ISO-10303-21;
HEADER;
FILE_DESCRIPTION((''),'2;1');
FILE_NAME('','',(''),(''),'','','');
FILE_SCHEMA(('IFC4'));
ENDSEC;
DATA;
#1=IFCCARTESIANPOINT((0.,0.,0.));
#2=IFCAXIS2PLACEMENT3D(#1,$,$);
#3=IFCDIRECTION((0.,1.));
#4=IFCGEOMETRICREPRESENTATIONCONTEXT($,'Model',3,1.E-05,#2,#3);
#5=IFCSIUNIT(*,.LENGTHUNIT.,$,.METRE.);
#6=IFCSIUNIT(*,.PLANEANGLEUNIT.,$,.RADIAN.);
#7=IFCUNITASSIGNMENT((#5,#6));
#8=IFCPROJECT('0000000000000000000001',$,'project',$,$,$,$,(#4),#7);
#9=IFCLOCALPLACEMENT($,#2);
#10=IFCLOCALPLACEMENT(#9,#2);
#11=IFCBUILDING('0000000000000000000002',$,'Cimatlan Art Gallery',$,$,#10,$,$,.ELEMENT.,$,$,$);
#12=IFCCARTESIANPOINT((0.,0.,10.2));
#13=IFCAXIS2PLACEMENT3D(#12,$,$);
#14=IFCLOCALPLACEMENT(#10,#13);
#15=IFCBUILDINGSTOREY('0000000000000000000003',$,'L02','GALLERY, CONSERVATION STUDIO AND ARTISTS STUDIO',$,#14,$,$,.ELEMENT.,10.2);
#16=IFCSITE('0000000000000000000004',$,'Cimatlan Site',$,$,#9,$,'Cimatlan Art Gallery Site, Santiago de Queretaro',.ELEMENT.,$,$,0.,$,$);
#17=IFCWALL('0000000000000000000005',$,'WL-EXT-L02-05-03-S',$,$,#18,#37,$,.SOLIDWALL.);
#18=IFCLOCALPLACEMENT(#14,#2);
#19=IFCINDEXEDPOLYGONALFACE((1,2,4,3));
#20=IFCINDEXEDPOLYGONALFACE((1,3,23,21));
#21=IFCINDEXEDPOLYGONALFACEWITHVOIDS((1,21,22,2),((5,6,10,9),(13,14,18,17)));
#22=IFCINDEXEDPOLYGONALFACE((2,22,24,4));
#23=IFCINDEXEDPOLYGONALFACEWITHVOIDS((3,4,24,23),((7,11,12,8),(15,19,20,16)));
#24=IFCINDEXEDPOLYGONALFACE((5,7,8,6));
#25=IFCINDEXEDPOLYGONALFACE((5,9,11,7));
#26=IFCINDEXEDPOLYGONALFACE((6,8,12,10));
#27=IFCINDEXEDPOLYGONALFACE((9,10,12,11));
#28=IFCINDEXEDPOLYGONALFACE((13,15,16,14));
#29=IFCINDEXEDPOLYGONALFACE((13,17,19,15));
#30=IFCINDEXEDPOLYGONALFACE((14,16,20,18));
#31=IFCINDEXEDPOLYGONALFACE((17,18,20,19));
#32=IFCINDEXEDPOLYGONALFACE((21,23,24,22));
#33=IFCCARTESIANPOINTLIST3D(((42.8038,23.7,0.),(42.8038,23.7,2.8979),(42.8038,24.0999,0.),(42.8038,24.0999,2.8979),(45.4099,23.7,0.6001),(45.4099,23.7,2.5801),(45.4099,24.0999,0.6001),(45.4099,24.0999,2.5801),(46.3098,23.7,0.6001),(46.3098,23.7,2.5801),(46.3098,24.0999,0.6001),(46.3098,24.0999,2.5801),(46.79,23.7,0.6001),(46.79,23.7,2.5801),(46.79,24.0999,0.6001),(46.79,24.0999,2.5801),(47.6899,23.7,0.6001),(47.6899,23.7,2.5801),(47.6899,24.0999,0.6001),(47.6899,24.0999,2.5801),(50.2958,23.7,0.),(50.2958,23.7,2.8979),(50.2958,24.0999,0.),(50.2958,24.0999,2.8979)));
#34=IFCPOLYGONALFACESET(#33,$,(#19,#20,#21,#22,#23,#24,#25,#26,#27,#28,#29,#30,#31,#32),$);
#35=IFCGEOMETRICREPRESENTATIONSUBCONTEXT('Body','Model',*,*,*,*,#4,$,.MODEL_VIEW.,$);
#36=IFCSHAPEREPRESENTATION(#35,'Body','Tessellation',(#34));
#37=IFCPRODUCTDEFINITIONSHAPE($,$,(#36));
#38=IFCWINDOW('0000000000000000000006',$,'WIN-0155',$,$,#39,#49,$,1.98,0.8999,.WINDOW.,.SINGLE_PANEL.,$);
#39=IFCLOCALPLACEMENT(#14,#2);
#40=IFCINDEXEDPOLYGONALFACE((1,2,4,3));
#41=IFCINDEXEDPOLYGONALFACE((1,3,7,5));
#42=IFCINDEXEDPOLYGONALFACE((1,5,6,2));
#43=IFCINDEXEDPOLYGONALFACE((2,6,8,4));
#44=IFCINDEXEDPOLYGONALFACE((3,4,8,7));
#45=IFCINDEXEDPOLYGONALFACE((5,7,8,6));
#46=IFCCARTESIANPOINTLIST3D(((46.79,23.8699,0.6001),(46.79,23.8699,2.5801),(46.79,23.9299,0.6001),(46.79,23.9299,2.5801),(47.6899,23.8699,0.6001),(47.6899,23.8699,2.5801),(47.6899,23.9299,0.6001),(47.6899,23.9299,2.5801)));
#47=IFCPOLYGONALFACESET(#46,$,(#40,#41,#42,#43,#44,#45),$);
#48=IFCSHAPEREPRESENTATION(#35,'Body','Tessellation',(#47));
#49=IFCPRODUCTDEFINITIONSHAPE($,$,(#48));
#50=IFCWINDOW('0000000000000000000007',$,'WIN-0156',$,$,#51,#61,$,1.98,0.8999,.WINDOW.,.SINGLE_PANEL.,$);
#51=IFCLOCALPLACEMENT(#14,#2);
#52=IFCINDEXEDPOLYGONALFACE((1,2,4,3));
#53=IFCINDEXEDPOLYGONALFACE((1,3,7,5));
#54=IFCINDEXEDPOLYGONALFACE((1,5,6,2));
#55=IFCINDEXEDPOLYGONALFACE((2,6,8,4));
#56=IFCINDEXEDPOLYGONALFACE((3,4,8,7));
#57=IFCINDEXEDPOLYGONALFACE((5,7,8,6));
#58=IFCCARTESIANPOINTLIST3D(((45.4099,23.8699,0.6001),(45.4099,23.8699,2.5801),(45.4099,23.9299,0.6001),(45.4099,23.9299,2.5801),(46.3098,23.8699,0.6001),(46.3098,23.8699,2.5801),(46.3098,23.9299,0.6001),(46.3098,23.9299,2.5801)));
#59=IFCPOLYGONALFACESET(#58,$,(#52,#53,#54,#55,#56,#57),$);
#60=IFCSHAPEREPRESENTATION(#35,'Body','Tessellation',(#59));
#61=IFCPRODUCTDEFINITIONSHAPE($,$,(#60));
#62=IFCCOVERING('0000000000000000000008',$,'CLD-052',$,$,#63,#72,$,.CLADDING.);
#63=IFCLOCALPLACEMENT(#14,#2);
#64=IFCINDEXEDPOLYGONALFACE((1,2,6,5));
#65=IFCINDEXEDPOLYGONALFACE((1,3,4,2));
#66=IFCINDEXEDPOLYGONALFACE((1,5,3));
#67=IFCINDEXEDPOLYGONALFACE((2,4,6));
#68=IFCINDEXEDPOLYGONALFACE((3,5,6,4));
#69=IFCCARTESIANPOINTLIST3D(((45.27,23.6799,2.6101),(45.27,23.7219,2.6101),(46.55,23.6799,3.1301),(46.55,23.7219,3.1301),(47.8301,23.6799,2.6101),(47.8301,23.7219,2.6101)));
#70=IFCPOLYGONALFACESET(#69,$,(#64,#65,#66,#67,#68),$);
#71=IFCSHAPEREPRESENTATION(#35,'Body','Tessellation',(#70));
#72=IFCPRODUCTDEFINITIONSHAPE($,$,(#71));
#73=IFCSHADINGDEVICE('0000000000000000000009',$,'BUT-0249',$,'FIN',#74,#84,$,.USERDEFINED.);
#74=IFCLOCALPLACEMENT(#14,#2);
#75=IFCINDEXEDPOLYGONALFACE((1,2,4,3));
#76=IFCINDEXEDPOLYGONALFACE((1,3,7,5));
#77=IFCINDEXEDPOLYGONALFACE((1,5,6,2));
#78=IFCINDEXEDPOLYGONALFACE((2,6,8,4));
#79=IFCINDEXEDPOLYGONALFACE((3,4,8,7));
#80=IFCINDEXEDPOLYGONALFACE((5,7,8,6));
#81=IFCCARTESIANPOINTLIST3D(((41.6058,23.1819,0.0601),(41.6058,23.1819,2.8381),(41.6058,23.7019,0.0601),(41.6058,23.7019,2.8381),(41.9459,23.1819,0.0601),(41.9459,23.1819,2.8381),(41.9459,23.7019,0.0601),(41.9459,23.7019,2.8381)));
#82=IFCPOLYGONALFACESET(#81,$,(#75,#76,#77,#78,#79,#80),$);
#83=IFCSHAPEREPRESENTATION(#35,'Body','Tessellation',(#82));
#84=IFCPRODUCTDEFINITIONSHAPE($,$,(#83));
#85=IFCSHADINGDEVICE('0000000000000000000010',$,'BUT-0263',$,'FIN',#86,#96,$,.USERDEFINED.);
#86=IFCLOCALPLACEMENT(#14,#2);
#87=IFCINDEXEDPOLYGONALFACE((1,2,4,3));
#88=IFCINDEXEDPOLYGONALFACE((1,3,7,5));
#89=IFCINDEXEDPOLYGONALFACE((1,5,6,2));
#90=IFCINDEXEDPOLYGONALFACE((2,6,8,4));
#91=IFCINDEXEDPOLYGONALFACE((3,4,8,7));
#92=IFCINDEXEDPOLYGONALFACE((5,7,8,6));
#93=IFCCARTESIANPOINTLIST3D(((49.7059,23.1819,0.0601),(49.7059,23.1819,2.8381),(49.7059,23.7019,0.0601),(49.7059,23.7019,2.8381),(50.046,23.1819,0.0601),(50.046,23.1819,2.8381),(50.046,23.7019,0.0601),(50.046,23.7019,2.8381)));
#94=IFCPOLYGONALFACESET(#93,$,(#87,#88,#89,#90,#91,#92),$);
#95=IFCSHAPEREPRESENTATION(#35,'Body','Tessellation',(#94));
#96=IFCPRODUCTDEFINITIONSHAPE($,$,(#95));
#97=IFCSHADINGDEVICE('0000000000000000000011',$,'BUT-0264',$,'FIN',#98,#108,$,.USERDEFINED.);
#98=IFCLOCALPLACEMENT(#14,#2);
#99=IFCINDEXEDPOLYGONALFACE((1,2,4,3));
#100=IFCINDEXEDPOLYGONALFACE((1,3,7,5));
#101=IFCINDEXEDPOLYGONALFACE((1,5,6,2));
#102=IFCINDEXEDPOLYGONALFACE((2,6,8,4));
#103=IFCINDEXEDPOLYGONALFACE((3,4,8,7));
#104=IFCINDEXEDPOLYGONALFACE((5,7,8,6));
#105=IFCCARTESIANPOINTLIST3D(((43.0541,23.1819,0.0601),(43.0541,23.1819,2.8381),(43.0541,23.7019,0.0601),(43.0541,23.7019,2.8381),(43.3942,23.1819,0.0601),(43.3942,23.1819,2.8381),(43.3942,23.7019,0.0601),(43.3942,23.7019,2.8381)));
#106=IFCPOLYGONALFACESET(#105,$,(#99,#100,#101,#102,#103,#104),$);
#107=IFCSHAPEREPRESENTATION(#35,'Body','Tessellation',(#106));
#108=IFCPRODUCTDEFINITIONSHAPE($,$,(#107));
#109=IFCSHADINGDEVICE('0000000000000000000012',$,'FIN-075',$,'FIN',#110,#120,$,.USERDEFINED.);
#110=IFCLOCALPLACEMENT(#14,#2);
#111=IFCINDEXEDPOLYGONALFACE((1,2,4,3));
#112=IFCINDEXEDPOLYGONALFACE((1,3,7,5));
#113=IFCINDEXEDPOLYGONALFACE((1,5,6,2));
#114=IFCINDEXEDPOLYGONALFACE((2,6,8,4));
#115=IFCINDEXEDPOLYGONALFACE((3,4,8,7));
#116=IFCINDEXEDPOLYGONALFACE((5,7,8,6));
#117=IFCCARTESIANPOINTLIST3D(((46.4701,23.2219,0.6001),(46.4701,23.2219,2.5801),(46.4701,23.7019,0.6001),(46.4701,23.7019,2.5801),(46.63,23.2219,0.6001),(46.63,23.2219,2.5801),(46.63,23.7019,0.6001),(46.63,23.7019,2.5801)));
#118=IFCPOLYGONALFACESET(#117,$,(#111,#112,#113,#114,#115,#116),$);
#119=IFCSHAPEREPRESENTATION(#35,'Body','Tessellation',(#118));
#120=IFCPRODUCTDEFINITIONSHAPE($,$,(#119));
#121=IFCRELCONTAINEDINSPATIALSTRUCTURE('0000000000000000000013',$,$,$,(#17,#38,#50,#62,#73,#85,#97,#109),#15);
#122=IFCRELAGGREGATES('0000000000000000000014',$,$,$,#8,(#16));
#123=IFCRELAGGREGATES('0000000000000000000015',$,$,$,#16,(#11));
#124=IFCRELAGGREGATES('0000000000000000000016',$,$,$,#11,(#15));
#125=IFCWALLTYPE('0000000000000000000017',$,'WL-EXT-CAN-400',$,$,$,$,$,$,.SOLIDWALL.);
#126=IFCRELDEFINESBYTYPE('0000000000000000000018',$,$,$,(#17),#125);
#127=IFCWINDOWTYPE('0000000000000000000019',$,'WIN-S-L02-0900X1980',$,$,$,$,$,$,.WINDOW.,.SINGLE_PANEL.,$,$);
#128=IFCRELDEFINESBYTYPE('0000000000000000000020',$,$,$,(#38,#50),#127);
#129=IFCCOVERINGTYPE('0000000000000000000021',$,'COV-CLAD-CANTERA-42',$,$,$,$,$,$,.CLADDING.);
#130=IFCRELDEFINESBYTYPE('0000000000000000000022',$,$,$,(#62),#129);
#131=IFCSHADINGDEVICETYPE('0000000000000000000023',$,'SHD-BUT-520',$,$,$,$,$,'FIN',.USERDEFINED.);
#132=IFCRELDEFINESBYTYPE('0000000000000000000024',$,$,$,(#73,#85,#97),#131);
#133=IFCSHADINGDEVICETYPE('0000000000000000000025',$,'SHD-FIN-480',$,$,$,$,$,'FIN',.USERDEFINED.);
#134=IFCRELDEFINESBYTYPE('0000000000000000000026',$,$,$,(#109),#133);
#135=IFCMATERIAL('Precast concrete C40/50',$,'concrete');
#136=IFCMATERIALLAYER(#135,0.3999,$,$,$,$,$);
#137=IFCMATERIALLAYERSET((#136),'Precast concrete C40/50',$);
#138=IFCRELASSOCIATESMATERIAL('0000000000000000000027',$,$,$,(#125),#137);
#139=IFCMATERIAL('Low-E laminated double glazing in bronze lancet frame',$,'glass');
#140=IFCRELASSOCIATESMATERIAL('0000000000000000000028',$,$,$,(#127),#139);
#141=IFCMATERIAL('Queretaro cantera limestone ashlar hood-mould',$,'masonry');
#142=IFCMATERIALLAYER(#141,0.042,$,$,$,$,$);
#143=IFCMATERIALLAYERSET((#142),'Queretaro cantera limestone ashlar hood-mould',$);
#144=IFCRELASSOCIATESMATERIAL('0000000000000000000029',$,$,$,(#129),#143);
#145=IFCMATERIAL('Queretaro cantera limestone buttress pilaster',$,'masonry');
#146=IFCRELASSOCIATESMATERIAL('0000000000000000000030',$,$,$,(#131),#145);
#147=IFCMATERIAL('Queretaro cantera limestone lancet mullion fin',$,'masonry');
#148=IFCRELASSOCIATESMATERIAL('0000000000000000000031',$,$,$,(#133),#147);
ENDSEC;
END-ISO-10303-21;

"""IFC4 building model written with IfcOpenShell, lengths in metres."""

from ifc_helpers import new_model, si_unit, direction, frame, frame_2d, origin, origin_2d, place, context, subcontext, project, spatial, polyline, rectangle, outline, extrude, material, layer, layer_set, type_object, element, fill, save


model = new_model("IFC4")

# Units and contexts
model_context = context("Model", 3, precision=1e-05, world=origin(), true_north=direction((0.0, 1.0)))
body_context = subcontext(model_context, "Body", "Model", "MODEL_VIEW")
ifc_project = project(units=[si_unit("LENGTHUNIT", "METRE"), si_unit("PLANEANGLEUNIT", "RADIAN")], contexts=[model_context])

# Site, building, storey
site_placement = place(None, origin())
site = spatial("IfcSite", under=ifc_project, at=site_placement, Name="Cimatlan Site", LongName="Cimatlan Art Gallery Site, Santiago de Queretaro", CompositionType="ELEMENT", RefElevation=0.0)
building_placement = place(site_placement, origin())
building = spatial("IfcBuilding", under=site, at=building_placement, Name="Cimatlan Art Gallery", CompositionType="ELEMENT")
storey_placement = place(building_placement, frame((0.0, 0.0, 10.2)))
storey = spatial("IfcBuildingStorey", under=building, at=storey_placement, Name="L02", Description="GALLERY, CONSERVATION STUDIO AND ARTISTS STUDIO", CompositionType="ELEMENT", Elevation=10.2)

# Wall, openings, windows
ifc_material_1 = material(Name="Precast concrete C40/50", Category="concrete")
ifc_layer_1 = layer(ifc_material_1, 0.3999)
ifc_layer_set_1 = layer_set([ifc_layer_1], Name="Precast concrete C40/50")
wall_type_1 = type_object("IfcWallType", Name="WL-EXT-CAN-400", PredefinedType="SOLIDWALL", material=ifc_layer_set_1)
ifc_material_2 = material(Name="Low-E laminated double glazing in bronze lancet frame", Category="glass")
window_type = type_object("IfcWindowType", Name="WIN-S-L02-0900X1980", PartitioningType="SINGLE_PANEL", PredefinedType="WINDOW", material=ifc_material_2)
wall_1_placement = place(storey_placement, frame((50.2959, 23.8999, 0.0), z_axis=(0.0, 0.0, 1.0), x_axis=(-1.0, 0.0, 0.0)))
wall_1 = element("IfcWall", 1, at=wall_1_placement, inside=storey, type_object=wall_type_1, Name="WL-EXT-L02-05-03-S", PredefinedType="SOLIDWALL", context=body_context, shape_type="SweptSolid", body=[
    extrude(rectangle(XDim=7.4919, YDim=0.3999, at=frame_2d((3.7461, 0.0))), origin(), (0.0, 0.0, 1.0), 2.8979),
])
opening_1_placement = place(wall_1_placement, frame((2.606, 0.0, 0.6001)))
opening_1 = element("IfcOpeningElement", 2, at=opening_1_placement, cuts=wall_1, PredefinedType="OPENING", context=body_context, shape_type="SweptSolid", body=[
    extrude(rectangle(XDim=0.8999, YDim=1.98, at=frame_2d((0.45, 0.99))), frame((0.0, 0.21, 0.0), z_axis=(0.0, -1.0, 0.0), x_axis=(1.0, 0.0, 0.0)), (0.0, 0.0, 1.0), 0.4199),
])
opening_2_placement = place(wall_1_placement, frame((3.9861, 0.0, 0.6001)))
opening_2 = element("IfcOpeningElement", 3, at=opening_2_placement, cuts=wall_1, PredefinedType="OPENING", context=body_context, shape_type="SweptSolid", body=[
    extrude(rectangle(XDim=0.8999, YDim=1.98, at=frame_2d((0.45, 0.99))), frame((0.0, 0.21, 0.0), z_axis=(0.0, -1.0, 0.0), x_axis=(1.0, 0.0, 0.0)), (0.0, 0.0, 1.0), 0.4199),
])
window_1_placement = place(opening_1_placement, origin())
window_1 = element("IfcWindow", 4, at=window_1_placement, inside=storey, type_object=window_type, Name="WIN-0155", OverallHeight=1.98, OverallWidth=0.8999, PartitioningType="SINGLE_PANEL", PredefinedType="WINDOW", context=body_context, shape_type="SweptSolid", body=[
    extrude(rectangle(XDim=0.8999, YDim=1.98, at=frame_2d((0.45, 0.99))), frame((0.0, 0.03, 0.0), z_axis=(0.0, -1.0, 0.0), x_axis=(1.0, 0.0, 0.0)), (0.0, 0.0, 1.0), 0.0601),
])
fill(opening_1, window_1)
window_2_placement = place(opening_2_placement, origin())
window_2 = element("IfcWindow", 5, at=window_2_placement, inside=storey, type_object=window_type, Name="WIN-0156", OverallHeight=1.98, OverallWidth=0.8999, PartitioningType="SINGLE_PANEL", PredefinedType="WINDOW", context=body_context, shape_type="SweptSolid", body=[
    extrude(rectangle(XDim=0.8999, YDim=1.98, at=frame_2d((0.45, 0.99))), frame((0.0, 0.03, 0.0), z_axis=(0.0, -1.0, 0.0), x_axis=(1.0, 0.0, 0.0)), (0.0, 0.0, 1.0), 0.0601),
])
fill(opening_2, window_2)

# Covering
ifc_material_3 = material(Name="Queretaro cantera limestone ashlar hood-mould", Category="masonry")
ifc_layer_2 = layer(ifc_material_3, 0.042)
ifc_layer_set_2 = layer_set([ifc_layer_2], Name="Queretaro cantera limestone ashlar hood-mould")
covering_type = type_object("IfcCoveringType", Name="COV-CLAD-CANTERA-42", PredefinedType="CLADDING", material=ifc_layer_set_2)
covering_placement = place(storey_placement, frame((47.8301, 23.7219, 2.6101), z_axis=(0.0, 1.0, 0.0), x_axis=(-1.0, 0.0, 0.0)))
element("IfcCovering", 6, at=covering_placement, inside=storey, type_object=covering_type, Name="CLD-052", PredefinedType="CLADDING", context=body_context, shape_type="SweptSolid", body=[
    extrude(outline(polyline([(0.0, 0.0), (2.5601, 0.0), (1.28, 0.52), (0.0, 0.0)])), origin(), (0.0, 0.0, -1.0), 0.042),
])

# Shading devices
ifc_material_4 = material(Name="Queretaro cantera limestone buttress pilaster", Category="masonry")
shading_device_type_1 = type_object("IfcShadingDeviceType", Name="SHD-BUT-520", ElementType="FIN", PredefinedType="USERDEFINED", material=ifc_material_4)
for number, where, z_axis, x_axis, name in (
    (7, (41.7759, 23.4419, 0.0601), (0.0, 0.0, 1.0), (-1.0, 0.0, 0.0), "BUT-0249"),
    (8, (49.876, 23.4419, 0.0601), (0.0, 0.0, 1.0), (-1.0, 0.0, 0.0), "BUT-0263"),
    (9, (43.2241, 23.4419, 0.0601), (0.0, 0.0, 1.0), (-1.0, 0.0, 0.0), "BUT-0264"),
):
    element("IfcShadingDevice", number, at=place(storey_placement, frame(where, z_axis=z_axis, x_axis=x_axis)), inside=storey, type_object=shading_device_type_1, Name=name, ObjectType="FIN", PredefinedType="USERDEFINED", context=body_context, shape_type="SweptSolid", body=[
        extrude(rectangle(XDim=0.3401, YDim=0.52, at=origin_2d()), origin(), (0.0, 0.0, 1.0), 2.7781),
    ])
ifc_material_5 = material(Name="Queretaro cantera limestone lancet mullion fin", Category="masonry")
shading_device_type_2 = type_object("IfcShadingDeviceType", Name="SHD-FIN-480", ElementType="FIN", PredefinedType="USERDEFINED", material=ifc_material_5)
shading_device_placement = place(storey_placement, frame((46.55, 23.4619, 0.6001), z_axis=(0.0, 0.0, 1.0), x_axis=(-1.0, 0.0, 0.0)))
element("IfcShadingDevice", 10, at=shading_device_placement, inside=storey, type_object=shading_device_type_2, Name="FIN-075", ObjectType="FIN", PredefinedType="USERDEFINED", context=body_context, shape_type="SweptSolid", body=[
    extrude(rectangle(XDim=0.1599, YDim=0.48, at=origin_2d()), origin(), (0.0, 0.0, 1.0), 1.98),
])

save(model, "model.ifc")
